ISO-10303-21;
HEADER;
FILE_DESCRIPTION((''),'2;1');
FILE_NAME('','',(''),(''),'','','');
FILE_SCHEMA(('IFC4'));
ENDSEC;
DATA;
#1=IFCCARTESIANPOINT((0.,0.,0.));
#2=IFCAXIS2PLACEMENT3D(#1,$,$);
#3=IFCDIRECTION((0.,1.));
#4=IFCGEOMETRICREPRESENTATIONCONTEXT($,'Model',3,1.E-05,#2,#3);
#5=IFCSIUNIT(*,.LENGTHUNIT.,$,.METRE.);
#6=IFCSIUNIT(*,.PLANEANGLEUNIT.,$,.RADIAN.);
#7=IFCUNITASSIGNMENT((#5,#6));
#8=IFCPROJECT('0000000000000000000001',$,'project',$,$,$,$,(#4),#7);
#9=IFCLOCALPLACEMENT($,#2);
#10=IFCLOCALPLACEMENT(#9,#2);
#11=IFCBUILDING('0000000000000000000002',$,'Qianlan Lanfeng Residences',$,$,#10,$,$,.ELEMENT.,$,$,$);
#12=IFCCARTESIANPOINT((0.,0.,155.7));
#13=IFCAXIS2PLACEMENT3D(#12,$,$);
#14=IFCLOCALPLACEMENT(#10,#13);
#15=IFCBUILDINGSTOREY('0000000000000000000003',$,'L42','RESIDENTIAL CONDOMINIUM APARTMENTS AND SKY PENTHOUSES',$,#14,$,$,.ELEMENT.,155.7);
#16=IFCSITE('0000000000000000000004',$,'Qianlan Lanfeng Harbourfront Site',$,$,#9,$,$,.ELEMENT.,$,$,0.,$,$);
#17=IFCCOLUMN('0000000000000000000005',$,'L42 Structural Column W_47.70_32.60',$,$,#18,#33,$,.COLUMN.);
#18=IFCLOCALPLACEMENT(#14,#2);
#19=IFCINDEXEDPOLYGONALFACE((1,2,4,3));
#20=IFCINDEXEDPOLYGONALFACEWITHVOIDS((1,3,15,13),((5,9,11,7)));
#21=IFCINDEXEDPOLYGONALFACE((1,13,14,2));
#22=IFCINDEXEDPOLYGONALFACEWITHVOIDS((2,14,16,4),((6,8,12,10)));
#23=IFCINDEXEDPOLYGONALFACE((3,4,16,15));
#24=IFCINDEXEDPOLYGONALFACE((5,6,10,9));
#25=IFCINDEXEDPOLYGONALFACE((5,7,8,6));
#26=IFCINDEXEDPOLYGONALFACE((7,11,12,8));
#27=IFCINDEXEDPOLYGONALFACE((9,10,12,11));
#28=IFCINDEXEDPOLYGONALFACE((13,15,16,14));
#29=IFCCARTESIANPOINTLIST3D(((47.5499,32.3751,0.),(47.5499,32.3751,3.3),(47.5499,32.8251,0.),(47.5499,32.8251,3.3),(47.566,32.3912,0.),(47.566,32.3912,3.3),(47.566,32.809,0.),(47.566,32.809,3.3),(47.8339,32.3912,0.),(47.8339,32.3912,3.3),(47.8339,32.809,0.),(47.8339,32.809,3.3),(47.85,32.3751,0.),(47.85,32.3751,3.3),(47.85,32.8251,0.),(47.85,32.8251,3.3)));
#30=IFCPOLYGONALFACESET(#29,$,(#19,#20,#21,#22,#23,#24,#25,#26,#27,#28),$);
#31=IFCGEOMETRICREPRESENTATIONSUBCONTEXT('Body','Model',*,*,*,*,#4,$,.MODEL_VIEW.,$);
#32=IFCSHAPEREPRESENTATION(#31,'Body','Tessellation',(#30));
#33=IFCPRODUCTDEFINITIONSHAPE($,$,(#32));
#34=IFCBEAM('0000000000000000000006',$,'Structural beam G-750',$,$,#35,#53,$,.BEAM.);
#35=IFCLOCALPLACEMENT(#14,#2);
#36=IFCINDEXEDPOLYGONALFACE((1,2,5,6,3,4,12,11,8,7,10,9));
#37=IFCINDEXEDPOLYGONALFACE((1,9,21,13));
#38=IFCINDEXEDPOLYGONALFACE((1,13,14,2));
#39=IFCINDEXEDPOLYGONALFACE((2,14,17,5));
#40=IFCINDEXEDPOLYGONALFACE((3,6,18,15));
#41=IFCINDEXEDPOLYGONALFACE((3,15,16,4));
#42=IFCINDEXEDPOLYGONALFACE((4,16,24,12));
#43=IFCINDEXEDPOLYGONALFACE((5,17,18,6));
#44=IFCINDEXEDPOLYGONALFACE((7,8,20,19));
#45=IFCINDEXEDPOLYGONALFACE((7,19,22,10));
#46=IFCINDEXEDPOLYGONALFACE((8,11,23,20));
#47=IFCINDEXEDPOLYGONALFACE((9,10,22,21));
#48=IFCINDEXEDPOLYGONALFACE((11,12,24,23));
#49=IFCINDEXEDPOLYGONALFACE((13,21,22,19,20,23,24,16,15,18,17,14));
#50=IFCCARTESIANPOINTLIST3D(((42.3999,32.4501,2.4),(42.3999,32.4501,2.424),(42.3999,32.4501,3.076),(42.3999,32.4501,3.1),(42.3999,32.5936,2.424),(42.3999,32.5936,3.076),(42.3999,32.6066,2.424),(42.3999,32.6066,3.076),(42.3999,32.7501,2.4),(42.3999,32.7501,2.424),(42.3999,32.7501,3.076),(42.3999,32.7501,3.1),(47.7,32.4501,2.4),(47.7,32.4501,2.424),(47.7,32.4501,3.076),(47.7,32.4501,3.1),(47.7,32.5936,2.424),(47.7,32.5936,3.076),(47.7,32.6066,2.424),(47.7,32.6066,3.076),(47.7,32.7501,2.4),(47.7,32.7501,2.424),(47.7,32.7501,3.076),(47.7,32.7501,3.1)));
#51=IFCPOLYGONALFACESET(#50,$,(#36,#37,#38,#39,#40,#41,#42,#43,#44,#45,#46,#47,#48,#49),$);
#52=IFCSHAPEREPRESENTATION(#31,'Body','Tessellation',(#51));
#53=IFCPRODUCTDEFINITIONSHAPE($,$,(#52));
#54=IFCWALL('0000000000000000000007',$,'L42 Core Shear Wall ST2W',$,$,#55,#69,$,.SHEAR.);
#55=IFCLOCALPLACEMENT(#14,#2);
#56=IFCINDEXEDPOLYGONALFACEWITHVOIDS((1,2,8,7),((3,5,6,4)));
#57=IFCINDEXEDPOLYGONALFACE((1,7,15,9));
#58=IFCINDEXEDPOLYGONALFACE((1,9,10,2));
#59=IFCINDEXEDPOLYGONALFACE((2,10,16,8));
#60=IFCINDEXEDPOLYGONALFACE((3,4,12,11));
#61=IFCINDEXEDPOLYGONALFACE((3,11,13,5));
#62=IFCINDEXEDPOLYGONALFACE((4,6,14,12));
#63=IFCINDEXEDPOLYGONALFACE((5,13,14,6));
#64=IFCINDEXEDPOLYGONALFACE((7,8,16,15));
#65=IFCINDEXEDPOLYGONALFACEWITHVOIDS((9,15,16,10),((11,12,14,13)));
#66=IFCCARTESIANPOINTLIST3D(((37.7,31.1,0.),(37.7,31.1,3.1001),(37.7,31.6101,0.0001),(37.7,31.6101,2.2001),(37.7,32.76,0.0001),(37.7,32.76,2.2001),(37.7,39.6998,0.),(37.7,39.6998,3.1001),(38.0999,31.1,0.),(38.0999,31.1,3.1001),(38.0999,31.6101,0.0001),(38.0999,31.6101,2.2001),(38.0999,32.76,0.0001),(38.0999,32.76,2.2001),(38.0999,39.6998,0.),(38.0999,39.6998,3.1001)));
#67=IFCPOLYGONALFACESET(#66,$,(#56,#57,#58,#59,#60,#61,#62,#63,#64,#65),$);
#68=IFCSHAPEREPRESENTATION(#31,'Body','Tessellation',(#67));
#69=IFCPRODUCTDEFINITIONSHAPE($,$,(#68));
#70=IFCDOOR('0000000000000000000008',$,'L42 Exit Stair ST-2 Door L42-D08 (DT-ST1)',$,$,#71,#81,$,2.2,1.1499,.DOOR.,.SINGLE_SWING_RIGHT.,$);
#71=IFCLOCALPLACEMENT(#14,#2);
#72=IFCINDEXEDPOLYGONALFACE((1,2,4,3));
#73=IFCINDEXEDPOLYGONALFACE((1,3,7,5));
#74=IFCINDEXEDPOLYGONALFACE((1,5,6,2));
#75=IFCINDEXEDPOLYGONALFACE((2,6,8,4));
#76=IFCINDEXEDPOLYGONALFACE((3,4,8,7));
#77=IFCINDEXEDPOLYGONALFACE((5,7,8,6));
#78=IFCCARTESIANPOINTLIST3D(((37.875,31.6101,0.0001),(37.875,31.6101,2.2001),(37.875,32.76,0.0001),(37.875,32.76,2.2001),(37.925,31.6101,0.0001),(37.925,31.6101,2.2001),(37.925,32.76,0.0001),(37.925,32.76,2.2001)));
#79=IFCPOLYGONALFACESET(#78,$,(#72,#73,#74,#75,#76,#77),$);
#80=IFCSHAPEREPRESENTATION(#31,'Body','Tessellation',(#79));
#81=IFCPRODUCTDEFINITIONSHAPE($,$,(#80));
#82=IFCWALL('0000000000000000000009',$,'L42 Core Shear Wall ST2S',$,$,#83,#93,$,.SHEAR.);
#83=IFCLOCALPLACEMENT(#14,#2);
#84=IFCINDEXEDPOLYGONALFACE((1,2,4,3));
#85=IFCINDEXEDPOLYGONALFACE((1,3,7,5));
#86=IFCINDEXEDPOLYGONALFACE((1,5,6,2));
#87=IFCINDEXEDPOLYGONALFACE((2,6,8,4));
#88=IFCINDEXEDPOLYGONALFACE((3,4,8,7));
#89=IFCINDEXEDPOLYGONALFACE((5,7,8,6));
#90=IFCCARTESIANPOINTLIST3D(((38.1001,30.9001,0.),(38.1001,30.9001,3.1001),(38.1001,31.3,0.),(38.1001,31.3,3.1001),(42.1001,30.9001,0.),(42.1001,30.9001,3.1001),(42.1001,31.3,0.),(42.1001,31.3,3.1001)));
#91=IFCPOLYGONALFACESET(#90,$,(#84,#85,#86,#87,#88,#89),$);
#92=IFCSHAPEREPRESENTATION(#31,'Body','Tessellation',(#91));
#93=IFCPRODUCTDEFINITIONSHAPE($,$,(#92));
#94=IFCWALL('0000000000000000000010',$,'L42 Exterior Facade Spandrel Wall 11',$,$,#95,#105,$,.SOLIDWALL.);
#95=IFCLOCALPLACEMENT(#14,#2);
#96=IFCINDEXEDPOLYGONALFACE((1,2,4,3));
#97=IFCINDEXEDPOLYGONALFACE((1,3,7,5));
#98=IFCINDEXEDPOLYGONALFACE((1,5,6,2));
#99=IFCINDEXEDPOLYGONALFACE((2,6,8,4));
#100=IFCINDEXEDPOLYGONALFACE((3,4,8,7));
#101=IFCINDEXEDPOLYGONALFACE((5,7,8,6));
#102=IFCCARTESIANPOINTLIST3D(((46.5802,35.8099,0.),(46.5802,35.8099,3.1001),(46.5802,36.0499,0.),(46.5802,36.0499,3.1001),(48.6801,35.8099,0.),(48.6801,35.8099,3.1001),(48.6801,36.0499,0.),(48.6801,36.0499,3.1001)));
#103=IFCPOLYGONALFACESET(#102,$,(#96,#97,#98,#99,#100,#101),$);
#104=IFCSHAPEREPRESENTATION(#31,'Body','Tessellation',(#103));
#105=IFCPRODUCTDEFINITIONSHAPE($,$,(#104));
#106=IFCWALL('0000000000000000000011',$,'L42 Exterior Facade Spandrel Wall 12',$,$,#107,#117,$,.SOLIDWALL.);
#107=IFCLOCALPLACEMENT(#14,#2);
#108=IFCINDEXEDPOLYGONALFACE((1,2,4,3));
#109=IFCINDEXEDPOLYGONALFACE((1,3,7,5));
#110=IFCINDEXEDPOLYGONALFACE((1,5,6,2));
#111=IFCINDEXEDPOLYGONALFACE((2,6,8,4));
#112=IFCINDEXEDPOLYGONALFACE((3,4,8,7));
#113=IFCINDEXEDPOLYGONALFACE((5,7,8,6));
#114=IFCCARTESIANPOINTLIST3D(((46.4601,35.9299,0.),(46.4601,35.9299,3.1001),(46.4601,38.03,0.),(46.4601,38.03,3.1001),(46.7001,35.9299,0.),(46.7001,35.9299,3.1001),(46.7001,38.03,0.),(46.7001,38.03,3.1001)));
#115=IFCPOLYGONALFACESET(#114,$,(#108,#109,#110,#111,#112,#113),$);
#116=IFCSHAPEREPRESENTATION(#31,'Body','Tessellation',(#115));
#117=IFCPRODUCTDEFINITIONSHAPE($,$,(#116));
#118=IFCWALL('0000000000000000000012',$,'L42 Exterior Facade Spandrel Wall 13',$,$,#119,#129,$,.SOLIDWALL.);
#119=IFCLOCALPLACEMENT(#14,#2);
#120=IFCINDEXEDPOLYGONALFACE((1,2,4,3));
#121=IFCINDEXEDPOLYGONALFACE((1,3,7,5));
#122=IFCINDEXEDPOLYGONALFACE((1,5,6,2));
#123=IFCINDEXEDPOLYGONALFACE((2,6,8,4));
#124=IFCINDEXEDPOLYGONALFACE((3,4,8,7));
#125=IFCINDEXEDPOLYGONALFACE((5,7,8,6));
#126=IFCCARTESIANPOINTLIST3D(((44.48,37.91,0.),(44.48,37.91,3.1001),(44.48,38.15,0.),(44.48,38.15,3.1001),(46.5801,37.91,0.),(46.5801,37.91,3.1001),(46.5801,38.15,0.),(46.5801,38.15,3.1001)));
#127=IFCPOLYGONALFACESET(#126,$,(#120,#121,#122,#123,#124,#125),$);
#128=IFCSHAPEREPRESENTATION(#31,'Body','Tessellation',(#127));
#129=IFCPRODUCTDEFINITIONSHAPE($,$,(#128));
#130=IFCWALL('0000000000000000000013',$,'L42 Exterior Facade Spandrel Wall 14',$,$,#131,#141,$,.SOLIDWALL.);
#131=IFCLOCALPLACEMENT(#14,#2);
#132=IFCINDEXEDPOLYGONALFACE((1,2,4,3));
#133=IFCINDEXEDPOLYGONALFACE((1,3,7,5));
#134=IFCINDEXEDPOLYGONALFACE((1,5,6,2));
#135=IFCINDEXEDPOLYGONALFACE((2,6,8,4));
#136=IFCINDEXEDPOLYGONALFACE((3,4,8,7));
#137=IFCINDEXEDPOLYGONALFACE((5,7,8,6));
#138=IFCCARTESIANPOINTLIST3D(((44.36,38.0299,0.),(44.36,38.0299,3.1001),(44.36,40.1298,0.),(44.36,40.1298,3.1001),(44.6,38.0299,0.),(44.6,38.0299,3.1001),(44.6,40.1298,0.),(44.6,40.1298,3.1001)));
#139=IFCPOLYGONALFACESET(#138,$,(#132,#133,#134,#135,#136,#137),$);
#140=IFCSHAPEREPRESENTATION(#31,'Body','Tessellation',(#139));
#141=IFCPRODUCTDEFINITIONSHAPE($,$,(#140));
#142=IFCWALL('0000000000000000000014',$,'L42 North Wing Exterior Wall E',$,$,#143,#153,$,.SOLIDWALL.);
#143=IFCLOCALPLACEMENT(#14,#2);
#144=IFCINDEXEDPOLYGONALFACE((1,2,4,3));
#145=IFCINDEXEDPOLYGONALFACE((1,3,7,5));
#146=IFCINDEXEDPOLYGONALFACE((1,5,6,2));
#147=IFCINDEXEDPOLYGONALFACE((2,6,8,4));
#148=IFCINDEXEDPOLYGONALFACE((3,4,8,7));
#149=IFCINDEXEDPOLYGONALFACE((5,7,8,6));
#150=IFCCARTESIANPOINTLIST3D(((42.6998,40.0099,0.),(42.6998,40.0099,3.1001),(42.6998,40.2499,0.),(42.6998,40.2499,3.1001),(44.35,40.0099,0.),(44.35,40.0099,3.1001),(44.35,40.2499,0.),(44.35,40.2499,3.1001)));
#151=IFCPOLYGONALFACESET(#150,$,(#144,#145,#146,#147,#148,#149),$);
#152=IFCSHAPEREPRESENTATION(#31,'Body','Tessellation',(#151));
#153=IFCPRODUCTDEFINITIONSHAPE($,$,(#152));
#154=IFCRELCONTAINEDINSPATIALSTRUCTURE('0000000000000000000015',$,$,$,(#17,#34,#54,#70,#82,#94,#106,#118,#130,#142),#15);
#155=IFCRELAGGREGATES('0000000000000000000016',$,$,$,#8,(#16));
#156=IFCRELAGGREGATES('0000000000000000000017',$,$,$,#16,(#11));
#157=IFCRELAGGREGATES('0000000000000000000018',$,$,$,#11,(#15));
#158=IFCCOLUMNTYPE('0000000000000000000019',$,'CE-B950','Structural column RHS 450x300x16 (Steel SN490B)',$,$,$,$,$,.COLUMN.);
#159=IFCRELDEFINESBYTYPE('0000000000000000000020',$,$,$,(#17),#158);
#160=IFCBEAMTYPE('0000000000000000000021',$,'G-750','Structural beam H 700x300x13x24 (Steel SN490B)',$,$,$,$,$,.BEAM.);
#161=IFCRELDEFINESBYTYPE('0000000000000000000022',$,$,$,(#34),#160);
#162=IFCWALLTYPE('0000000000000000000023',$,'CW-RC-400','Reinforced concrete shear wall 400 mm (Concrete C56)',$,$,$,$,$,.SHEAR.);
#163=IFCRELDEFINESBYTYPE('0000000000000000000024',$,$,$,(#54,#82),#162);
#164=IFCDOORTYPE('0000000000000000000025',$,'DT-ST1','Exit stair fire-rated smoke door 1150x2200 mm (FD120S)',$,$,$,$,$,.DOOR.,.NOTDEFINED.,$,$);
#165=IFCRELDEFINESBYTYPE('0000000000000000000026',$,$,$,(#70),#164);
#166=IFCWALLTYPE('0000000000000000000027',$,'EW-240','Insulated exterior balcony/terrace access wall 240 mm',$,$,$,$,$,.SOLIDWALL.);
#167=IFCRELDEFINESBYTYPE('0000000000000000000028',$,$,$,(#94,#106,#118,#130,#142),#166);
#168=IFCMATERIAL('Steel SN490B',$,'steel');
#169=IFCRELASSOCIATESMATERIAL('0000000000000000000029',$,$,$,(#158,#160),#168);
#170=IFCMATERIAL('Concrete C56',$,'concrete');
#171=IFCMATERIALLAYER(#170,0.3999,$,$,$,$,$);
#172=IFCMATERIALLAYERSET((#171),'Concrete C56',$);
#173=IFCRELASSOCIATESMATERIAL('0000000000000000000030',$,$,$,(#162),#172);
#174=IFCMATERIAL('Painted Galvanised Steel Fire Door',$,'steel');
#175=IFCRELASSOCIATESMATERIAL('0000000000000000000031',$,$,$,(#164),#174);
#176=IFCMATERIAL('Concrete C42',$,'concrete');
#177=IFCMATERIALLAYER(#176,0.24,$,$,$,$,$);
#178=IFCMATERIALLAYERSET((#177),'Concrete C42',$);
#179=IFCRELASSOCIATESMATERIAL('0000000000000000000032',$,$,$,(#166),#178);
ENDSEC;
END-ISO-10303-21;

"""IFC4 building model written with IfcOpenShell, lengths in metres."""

from ifc_helpers import new_model, si_unit, direction, frame, frame_2d, origin, origin_2d, place, context, subcontext, project, spatial, rectangle, hollow_rectangle, i_section, extrude, material, layer, layer_set, material_profile, profile_set, type_object, element, fill, save


model = new_model("IFC4")

# Units and contexts
model_context = context("Model", 3, precision=1e-05, world=origin(), true_north=direction((0.0, 1.0)))
body_context = subcontext(model_context, "Body", "Model", "MODEL_VIEW")
ifc_project = project(units=[si_unit("LENGTHUNIT", "METRE"), si_unit("PLANEANGLEUNIT", "RADIAN")], contexts=[model_context])

# Site, building, storey
site_placement = place(None, origin())
site = spatial("IfcSite", under=ifc_project, at=site_placement, Name="Qianlan Lanfeng Harbourfront Site", CompositionType="ELEMENT", RefElevation=0.0)
building_placement = place(site_placement, origin())
building = spatial("IfcBuilding", under=site, at=building_placement, Name="Qianlan Lanfeng Residences", CompositionType="ELEMENT")
storey_placement = place(building_placement, frame((0.0, 0.0, 155.7)))
storey = spatial("IfcBuildingStorey", under=building, at=storey_placement, Name="L42", Description="RESIDENTIAL CONDOMINIUM APARTMENTS AND SKY PENTHOUSES", CompositionType="ELEMENT", Elevation=155.7)

# Column
ifc_material_1 = material(Name="Steel SN490B", Category="steel")
ifc_material_profile_1 = material_profile(ifc_material_1, hollow_rectangle(XDim=0.3, YDim=0.45, WallThickness=0.0161, at=origin_2d()), Name="RHS 450x300x16")
ifc_profile_set_1 = profile_set([ifc_material_profile_1], Name="Steel SN490B")
column_type = type_object("IfcColumnType", Name="CE-B950", Description="Structural column RHS 450x300x16 (Steel SN490B)", PredefinedType="COLUMN", material=ifc_profile_set_1)
column_placement = place(storey_placement, frame((47.7, 32.6001, 0.0), z_axis=(0.0, 0.0, 1.0), x_axis=(1.0, 0.0, 0.0)))
element("IfcColumn", 1, at=column_placement, inside=storey, type_object=column_type, Name="L42 Structural Column W_47.70_32.60", PredefinedType="COLUMN", context=body_context, shape_type="SweptSolid", body=[
    extrude(hollow_rectangle(XDim=0.3, YDim=0.45, WallThickness=0.0161, at=origin_2d()), origin(), (0.0, 0.0, 1.0), 3.3),
])

# Beam
ifc_material_profile_2 = material_profile(ifc_material_1, i_section(OverallWidth=0.3, OverallDepth=0.7, WebThickness=0.0129, FlangeThickness=0.0239, at=origin_2d()), Name="H 700x300x13x24")
ifc_profile_set_2 = profile_set([ifc_material_profile_2], Name="Steel SN490B")
beam_type = type_object("IfcBeamType", Name="G-750", Description="Structural beam H 700x300x13x24 (Steel SN490B)", PredefinedType="BEAM", material=ifc_profile_set_2)
beam_placement = place(storey_placement, frame((42.3999, 32.6001, 2.75), z_axis=(1.0, 0.0, 0.0), x_axis=(0.0, 1.0, 0.0)))
element("IfcBeam", 2, at=beam_placement, inside=storey, type_object=beam_type, Name="Structural beam G-750", PredefinedType="BEAM", context=body_context, shape_type="SweptSolid", body=[
    extrude(i_section(OverallWidth=0.3, OverallDepth=0.7, WebThickness=0.0129, FlangeThickness=0.0239, at=origin_2d()), origin(), (0.0, 0.0, 1.0), 5.3),
])

# Wall, opening, door
ifc_material_2 = material(Name="Concrete C56", Category="concrete")
ifc_layer_1 = layer(ifc_material_2, 0.3999)
ifc_layer_set_1 = layer_set([ifc_layer_1], Name="Concrete C56")
wall_type_1 = type_object("IfcWallType", Name="CW-RC-400", Description="Reinforced concrete shear wall 400 mm (Concrete C56)", PredefinedType="SHEAR", material=ifc_layer_set_1)
wall_1_placement = place(storey_placement, frame((37.8999, 31.1001, 0.0), z_axis=(0.0, 0.0, 1.0), x_axis=(0.0, 1.0, 0.0)))
wall_1 = element("IfcWall", 3, at=wall_1_placement, inside=storey, type_object=wall_type_1, Name="L42 Core Shear Wall ST2W", PredefinedType="SHEAR", context=body_context, shape_type="SweptSolid", body=[
    extrude(rectangle(XDim=8.5999, YDim=0.3999, at=frame_2d((4.2998, 0.0))), origin(), (0.0, 0.0, 1.0), 3.1001),
])
opening_1_placement = place(wall_1_placement, frame((0.51, 0.0, 0.0)))
opening_1 = element("IfcOpeningElement", 4, at=opening_1_placement, cuts=wall_1, PredefinedType="OPENING", context=body_context, shape_type="SweptSolid", body=[
    extrude(rectangle(XDim=1.1499, YDim=2.2, at=frame_2d((0.575, 1.1001))), frame((0.0, 0.21, 0.0), z_axis=(0.0, -1.0, 0.0), x_axis=(1.0, 0.0, 0.0)), (0.0, 0.0, 1.0), 0.4199),
])
ifc_material_3 = material(Name="Painted Galvanised Steel Fire Door", Category="steel")
door_type_1 = type_object("IfcDoorType", Name="DT-ST1", Description="Exit stair fire-rated smoke door 1150x2200 mm (FD120S)", OperationType="NOTDEFINED", PredefinedType="DOOR", material=ifc_material_3)
door_1_placement = place(opening_1_placement, origin())
door_1 = element("IfcDoor", 5, at=door_1_placement, inside=storey, type_object=door_type_1, Name="L42 Exit Stair ST-2 Door L42-D08 (DT-ST1)", OperationType="SINGLE_SWING_RIGHT", OverallHeight=2.2, OverallWidth=1.1499, PredefinedType="DOOR", context=body_context, shape_type="SweptSolid", body=[
    extrude(rectangle(XDim=1.1499, YDim=2.2, at=frame_2d((0.575, 1.1001))), frame((0.0, 0.0249, 0.0), z_axis=(0.0, -1.0, 0.0), x_axis=(1.0, 0.0, 0.0)), (0.0, 0.0, 1.0), 0.05),
])
fill(opening_1, door_1)

# Walls
wall_2_placement = place(storey_placement, frame((38.1001, 31.1001, 0.0), z_axis=(0.0, 0.0, 1.0), x_axis=(1.0, 0.0, 0.0)))
element("IfcWall", 6, at=wall_2_placement, inside=storey, type_object=wall_type_1, Name="L42 Core Shear Wall ST2S", PredefinedType="SHEAR", context=body_context, shape_type="SweptSolid", body=[
    extrude(rectangle(XDim=4.0, YDim=0.3999, at=frame_2d((2.0, 0.0))), origin(), (0.0, 0.0, 1.0), 3.1001),
])
ifc_material_4 = material(Name="Concrete C42", Category="concrete")
ifc_layer_2 = layer(ifc_material_4, 0.24)
ifc_layer_set_2 = layer_set([ifc_layer_2], Name="Concrete C42")
wall_type_2 = type_object("IfcWallType", Name="EW-240", Description="Insulated exterior balcony/terrace access wall 240 mm", PredefinedType="SOLIDWALL", material=ifc_layer_set_2)
wall_3_placement = place(storey_placement, frame((48.6799, 35.9299, 0.0), z_axis=(0.0, 0.0, 1.0), x_axis=(-1.0, 0.0, 0.0)))
element("IfcWall", 7, at=wall_3_placement, inside=storey, type_object=wall_type_2, Name="L42 Exterior Facade Spandrel Wall 11", PredefinedType="SOLIDWALL", context=body_context, shape_type="SweptSolid", body=[
    extrude(rectangle(XDim=2.0999, YDim=0.24, at=frame_2d((1.0498, 0.0))), origin(), (0.0, 0.0, 1.0), 3.1001),
])
for number, where, z_axis, x_axis, name in (
    (8, (46.5801, 35.9299, 0.0), (0.0, 0.0, 1.0), (0.0, 1.0, 0.0), "L42 Exterior Facade Spandrel Wall 12"),
    (9, (46.5801, 38.03, 0.0), (0.0, 0.0, 1.0), (-1.0, 0.0, 0.0), "L42 Exterior Facade Spandrel Wall 13"),
):
    element("IfcWall", number, at=place(storey_placement, frame(where, z_axis=z_axis, x_axis=x_axis)), inside=storey, type_object=wall_type_2, Name=name, PredefinedType="SOLIDWALL", context=body_context, shape_type="SweptSolid", body=[
        extrude(rectangle(XDim=2.1001, YDim=0.24, at=frame_2d((1.05, 0.0))), origin(), (0.0, 0.0, 1.0), 3.1001),
    ])
wall_4_placement = place(storey_placement, frame((44.48, 38.03, 0.0), z_axis=(0.0, 0.0, 1.0), x_axis=(0.0, 1.0, 0.0)))
element("IfcWall", 10, at=wall_4_placement, inside=storey, type_object=wall_type_2, Name="L42 Exterior Facade Spandrel Wall 14", PredefinedType="SOLIDWALL", context=body_context, shape_type="SweptSolid", body=[
    extrude(rectangle(XDim=2.0999, YDim=0.24, at=frame_2d((1.0498, 0.0))), origin(), (0.0, 0.0, 1.0), 3.1001),
])
wall_5_placement = place(storey_placement, frame((44.3501, 40.1299, 0.0), z_axis=(0.0, 0.0, 1.0), x_axis=(-1.0, 0.0, 0.0)))
element("IfcWall", 11, at=wall_5_placement, inside=storey, type_object=wall_type_2, Name="L42 North Wing Exterior Wall E", PredefinedType="SOLIDWALL", context=body_context, shape_type="SweptSolid", body=[
    extrude(rectangle(XDim=1.6501, YDim=0.24, at=frame_2d((0.8252, 0.0))), origin(), (0.0, 0.0, 1.0), 3.1001),
])

save(model, "model.ifc")
